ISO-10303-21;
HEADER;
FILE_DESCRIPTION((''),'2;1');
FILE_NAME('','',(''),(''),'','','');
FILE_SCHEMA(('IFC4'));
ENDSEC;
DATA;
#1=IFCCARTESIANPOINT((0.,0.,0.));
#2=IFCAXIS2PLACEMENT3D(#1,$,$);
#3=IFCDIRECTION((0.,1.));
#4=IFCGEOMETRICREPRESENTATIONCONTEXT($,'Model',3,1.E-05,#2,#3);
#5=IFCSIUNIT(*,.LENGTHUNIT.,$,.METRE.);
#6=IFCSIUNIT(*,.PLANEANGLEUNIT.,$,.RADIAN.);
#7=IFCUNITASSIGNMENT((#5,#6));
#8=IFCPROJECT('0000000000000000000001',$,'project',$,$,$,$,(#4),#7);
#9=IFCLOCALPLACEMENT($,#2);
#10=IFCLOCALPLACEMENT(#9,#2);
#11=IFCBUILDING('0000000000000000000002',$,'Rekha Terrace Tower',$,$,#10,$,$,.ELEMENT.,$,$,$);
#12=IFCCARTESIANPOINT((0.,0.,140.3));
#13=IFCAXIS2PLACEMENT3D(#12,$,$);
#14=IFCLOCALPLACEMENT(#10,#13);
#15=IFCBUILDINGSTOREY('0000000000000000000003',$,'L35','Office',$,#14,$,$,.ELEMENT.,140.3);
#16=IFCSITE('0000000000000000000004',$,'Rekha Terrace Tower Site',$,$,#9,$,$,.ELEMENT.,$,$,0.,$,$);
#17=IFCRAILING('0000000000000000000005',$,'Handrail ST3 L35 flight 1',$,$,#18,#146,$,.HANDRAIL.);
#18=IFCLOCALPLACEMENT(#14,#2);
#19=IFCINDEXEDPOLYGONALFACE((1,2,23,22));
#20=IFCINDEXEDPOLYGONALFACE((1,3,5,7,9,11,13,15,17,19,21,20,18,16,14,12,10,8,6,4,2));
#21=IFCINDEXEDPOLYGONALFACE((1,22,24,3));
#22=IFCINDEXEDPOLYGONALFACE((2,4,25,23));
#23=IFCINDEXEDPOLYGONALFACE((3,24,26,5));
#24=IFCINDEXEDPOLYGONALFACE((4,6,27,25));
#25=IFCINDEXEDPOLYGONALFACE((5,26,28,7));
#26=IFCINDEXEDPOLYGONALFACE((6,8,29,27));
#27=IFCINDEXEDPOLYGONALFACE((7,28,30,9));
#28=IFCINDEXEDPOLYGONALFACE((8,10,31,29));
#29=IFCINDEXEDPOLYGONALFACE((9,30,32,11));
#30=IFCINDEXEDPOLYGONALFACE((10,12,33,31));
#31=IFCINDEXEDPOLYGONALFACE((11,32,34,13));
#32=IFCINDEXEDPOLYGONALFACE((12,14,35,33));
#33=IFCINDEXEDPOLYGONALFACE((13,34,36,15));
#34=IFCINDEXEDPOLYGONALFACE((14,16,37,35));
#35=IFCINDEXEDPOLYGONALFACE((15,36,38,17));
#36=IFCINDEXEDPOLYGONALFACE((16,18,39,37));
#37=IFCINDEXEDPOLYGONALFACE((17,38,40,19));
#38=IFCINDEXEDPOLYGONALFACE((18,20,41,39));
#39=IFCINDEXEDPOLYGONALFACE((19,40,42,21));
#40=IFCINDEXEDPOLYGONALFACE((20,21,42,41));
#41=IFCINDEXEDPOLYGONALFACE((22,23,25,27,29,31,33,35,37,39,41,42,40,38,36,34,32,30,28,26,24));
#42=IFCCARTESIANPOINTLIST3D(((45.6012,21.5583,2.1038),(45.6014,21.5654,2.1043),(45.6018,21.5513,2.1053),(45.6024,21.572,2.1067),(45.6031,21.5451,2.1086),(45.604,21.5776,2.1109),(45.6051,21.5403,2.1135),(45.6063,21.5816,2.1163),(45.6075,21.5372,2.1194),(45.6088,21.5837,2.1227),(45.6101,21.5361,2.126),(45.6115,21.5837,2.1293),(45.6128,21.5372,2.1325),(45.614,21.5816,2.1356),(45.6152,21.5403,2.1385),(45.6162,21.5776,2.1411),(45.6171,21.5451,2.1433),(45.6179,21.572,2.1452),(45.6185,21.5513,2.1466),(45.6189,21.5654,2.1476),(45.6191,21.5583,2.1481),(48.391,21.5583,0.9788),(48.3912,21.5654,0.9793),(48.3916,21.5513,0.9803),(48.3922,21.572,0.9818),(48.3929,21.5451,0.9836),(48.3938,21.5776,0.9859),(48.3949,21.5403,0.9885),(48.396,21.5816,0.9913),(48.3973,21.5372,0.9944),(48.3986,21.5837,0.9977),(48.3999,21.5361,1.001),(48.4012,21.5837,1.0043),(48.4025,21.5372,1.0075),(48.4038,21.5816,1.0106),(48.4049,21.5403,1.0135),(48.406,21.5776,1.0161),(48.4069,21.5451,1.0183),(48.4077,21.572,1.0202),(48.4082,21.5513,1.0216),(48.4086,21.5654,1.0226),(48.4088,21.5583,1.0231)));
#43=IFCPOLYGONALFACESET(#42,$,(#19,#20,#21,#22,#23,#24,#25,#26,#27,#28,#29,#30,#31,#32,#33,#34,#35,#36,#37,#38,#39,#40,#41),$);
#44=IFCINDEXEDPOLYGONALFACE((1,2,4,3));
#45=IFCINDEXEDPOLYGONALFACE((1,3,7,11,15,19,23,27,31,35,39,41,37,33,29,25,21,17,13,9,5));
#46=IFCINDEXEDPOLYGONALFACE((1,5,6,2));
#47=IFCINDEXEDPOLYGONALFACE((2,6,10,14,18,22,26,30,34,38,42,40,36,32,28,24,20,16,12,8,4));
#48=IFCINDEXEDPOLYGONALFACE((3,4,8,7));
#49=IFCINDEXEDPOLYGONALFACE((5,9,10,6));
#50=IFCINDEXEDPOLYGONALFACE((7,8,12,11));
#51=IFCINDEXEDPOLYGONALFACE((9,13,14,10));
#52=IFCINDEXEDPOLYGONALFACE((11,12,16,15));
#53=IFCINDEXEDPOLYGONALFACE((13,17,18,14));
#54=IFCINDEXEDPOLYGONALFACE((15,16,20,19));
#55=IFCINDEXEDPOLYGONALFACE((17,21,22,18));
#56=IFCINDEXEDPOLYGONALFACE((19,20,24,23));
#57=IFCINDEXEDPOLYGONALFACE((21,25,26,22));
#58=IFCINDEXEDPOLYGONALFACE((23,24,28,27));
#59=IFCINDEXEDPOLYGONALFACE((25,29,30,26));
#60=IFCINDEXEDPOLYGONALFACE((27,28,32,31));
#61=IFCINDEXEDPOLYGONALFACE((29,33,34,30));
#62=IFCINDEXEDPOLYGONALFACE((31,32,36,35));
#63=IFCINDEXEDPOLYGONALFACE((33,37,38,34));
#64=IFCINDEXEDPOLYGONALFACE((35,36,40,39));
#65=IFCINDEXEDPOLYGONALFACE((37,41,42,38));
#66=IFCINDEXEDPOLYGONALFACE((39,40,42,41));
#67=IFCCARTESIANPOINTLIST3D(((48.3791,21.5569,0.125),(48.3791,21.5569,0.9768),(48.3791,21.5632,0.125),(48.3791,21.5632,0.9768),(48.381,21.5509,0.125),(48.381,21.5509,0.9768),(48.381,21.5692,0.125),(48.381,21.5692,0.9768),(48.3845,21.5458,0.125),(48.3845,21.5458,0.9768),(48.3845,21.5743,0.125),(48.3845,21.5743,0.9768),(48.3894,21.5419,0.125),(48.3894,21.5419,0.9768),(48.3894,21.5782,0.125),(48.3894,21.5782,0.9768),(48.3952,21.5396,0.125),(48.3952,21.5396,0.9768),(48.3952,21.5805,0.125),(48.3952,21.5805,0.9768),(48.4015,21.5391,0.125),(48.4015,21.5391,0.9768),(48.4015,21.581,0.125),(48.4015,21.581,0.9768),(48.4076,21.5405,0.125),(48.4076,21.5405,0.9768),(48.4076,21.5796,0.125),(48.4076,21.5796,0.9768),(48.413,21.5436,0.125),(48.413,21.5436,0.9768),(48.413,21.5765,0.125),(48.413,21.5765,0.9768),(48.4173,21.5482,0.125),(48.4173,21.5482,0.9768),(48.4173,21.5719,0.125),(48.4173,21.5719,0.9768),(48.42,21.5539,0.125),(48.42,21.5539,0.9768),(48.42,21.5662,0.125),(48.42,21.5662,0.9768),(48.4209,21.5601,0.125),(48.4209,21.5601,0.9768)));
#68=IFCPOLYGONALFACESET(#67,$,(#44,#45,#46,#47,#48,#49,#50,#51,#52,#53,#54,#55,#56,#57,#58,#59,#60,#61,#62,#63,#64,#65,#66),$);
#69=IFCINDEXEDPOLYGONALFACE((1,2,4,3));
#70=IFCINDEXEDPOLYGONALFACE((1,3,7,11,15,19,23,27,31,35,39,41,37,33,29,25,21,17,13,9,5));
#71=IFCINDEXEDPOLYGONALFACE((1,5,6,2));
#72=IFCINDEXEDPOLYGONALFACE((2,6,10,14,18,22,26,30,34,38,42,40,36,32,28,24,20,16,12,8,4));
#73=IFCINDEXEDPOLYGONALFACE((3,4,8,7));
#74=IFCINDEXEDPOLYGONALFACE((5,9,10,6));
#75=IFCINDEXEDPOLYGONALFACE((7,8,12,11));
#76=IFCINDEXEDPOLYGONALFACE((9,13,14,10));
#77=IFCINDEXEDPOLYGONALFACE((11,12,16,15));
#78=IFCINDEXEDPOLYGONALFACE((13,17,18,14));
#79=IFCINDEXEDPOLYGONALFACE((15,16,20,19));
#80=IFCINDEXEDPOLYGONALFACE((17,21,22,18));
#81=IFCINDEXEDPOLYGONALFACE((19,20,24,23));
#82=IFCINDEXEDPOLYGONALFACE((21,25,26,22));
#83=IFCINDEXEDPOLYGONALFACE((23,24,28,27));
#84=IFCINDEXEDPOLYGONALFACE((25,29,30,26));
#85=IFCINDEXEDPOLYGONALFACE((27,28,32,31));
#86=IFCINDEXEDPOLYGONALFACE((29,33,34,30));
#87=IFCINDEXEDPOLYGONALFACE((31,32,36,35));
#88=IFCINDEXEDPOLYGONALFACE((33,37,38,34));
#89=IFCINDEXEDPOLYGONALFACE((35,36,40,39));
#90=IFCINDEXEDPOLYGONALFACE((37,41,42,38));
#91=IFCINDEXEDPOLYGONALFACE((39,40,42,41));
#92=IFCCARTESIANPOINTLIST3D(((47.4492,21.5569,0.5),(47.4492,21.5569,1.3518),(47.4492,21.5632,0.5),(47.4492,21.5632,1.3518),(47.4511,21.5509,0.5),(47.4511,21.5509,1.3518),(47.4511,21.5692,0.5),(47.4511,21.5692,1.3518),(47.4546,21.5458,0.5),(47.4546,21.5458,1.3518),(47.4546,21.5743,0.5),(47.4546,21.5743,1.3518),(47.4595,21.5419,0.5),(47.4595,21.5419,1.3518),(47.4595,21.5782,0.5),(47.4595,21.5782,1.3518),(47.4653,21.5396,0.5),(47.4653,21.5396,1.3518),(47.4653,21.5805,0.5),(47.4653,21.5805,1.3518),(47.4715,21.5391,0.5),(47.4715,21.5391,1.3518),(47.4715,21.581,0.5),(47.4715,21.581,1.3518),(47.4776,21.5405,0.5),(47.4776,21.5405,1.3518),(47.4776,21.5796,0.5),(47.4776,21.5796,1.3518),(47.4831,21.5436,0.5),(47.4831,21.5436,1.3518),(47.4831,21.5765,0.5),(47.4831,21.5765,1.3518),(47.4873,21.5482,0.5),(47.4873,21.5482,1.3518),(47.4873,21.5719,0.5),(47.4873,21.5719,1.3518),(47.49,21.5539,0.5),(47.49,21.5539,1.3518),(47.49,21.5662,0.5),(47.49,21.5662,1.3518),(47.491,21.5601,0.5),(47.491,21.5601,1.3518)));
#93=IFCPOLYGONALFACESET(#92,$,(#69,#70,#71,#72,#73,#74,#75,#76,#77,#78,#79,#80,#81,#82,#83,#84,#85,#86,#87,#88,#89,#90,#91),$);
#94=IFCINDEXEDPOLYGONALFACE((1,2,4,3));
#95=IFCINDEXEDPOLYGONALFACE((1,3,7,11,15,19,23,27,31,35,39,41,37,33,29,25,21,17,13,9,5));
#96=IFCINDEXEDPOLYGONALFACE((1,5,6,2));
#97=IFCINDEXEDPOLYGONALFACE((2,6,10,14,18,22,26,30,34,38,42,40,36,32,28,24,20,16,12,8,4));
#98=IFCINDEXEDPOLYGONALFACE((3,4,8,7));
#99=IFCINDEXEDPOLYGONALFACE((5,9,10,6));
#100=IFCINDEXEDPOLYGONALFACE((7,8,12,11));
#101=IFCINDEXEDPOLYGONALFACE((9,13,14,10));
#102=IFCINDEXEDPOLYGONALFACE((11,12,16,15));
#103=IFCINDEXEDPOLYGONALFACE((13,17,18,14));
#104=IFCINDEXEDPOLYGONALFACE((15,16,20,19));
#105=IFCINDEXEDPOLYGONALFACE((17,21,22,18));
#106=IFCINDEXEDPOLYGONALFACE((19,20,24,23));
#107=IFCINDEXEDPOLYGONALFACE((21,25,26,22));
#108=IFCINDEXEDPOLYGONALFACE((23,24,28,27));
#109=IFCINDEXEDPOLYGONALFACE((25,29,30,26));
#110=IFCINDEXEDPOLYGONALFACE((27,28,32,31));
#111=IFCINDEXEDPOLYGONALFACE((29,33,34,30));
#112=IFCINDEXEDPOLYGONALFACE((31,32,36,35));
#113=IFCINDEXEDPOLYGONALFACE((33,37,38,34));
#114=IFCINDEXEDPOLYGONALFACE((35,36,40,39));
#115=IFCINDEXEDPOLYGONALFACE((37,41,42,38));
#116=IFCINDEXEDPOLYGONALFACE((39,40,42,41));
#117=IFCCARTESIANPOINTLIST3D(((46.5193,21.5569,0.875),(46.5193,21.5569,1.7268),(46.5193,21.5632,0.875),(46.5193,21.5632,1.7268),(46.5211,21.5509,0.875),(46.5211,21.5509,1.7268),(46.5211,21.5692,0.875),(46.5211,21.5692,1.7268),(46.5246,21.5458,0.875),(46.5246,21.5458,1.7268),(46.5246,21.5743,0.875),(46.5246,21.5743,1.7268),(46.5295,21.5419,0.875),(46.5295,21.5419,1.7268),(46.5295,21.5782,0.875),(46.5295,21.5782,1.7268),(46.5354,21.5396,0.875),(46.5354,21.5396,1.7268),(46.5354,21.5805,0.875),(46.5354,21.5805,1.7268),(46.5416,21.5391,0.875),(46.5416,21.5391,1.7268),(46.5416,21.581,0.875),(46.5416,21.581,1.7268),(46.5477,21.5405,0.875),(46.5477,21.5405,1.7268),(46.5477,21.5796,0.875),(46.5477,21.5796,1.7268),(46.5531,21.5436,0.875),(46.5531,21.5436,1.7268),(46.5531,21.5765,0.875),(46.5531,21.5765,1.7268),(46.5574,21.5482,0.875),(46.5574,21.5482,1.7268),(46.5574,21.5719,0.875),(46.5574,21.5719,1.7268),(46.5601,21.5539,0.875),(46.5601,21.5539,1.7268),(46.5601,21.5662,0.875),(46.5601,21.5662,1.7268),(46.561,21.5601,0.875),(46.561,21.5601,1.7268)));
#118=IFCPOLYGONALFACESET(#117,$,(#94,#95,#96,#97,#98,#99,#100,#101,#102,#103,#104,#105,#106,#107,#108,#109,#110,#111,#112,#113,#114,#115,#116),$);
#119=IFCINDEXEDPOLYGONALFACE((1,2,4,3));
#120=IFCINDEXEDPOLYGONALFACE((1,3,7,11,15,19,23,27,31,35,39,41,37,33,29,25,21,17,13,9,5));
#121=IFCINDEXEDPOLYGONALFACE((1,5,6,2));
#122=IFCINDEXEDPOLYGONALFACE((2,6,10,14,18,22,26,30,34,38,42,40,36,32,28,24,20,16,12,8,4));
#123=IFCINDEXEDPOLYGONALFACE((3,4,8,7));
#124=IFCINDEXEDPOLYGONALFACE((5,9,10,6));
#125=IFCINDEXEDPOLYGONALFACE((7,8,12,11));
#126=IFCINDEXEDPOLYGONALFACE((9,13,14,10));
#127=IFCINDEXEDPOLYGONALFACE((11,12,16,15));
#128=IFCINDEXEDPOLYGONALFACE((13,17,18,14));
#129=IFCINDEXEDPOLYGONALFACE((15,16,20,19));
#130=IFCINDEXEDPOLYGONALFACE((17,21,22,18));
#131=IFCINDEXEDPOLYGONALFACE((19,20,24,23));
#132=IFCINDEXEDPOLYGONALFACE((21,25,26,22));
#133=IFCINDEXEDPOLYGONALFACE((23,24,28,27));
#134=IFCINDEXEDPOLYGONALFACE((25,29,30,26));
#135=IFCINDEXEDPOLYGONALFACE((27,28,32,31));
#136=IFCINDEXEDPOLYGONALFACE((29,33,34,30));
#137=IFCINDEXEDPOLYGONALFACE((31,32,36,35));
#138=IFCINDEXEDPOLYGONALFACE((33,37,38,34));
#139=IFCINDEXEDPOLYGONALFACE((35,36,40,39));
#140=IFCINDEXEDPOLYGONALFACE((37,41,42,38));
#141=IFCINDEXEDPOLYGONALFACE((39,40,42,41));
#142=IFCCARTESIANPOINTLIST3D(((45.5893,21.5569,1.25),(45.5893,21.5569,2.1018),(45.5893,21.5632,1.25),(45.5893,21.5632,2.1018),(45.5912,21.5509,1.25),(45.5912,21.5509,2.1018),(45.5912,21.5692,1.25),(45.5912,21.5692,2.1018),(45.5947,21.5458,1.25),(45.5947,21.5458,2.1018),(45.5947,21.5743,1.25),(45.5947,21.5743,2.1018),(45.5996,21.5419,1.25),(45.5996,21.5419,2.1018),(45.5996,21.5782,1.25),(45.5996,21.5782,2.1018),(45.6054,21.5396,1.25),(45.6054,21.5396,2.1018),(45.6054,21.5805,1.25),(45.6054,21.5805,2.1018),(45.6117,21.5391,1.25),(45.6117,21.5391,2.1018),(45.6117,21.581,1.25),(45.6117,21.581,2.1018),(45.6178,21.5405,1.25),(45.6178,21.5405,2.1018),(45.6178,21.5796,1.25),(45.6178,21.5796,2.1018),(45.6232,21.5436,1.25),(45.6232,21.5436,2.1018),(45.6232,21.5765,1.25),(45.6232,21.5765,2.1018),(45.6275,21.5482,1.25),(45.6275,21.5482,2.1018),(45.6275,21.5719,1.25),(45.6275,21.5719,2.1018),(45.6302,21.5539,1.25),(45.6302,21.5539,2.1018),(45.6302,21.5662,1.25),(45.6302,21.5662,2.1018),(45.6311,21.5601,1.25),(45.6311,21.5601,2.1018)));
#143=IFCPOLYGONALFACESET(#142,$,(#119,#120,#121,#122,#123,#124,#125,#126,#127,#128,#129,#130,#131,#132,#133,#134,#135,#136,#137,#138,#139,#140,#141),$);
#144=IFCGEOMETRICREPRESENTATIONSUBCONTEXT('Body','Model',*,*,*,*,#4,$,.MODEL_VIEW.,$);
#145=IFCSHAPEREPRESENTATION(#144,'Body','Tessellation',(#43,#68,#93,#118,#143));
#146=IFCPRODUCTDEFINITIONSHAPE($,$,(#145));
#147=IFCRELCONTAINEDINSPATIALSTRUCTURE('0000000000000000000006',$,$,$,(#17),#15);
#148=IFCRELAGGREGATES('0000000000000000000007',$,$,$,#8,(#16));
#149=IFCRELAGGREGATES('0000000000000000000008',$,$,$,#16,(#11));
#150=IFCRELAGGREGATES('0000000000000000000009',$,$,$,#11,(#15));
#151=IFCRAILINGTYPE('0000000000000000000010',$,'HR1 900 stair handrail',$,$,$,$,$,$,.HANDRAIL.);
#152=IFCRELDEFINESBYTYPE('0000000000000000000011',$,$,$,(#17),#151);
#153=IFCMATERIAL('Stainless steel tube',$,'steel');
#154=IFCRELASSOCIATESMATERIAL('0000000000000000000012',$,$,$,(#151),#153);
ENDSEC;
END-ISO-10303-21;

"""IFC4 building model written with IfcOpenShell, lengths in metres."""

from ifc_helpers import new_model, si_unit, direction, frame, origin, origin_2d, place, context, subcontext, project, spatial, circle, extrude, material, type_object, element, save


model = new_model("IFC4")

# Units and contexts
model_context = context("Model", 3, precision=1e-05, world=origin(), true_north=direction((0.0, 1.0)))
body_context = subcontext(model_context, "Body", "Model", "MODEL_VIEW")
ifc_project = project(units=[si_unit("LENGTHUNIT", "METRE"), si_unit("PLANEANGLEUNIT", "RADIAN")], contexts=[model_context])

# Site, building, storey
site_placement = place(None, origin())
site = spatial("IfcSite", under=ifc_project, at=site_placement, Name="Rekha Terrace Tower Site", CompositionType="ELEMENT", RefElevation=0.0)
building_placement = place(site_placement, origin())
building = spatial("IfcBuilding", under=site, at=building_placement, Name="Rekha Terrace Tower", CompositionType="ELEMENT")
storey_placement = place(building_placement, frame((0.0, 0.0, 140.3)))
storey = spatial("IfcBuildingStorey", under=building, at=storey_placement, Name="L35", Description="Office", CompositionType="ELEMENT", Elevation=140.3)

# Railing
ifc_material_1 = material(Name="Stainless steel tube", Category="steel")
railing_type = type_object("IfcRailingType", Name="HR1 900 stair handrail", PredefinedType="HANDRAIL", material=ifc_material_1)
railing_placement = place(storey_placement, frame((48.3999, 21.5601, 0.125)))
element("IfcRailing", 1, at=railing_placement, inside=storey, type_object=railing_type, Name="Handrail ST3 L35 flight 1", PredefinedType="HANDRAIL", context=body_context, shape_type="SweptSolid", body=[
    extrude(circle(Radius=0.0239, at=origin_2d()), frame((0.0, 0.0, 0.876), z_axis=(-0.927432, 0.0, 0.373992), x_axis=(0.0, -1.0, 0.0)), (0.0, 0.0, 1.0), 3.0081),
    extrude(circle(Radius=0.021, at=origin_2d()), origin(), (0.0, 0.0, 1.0), 0.8518),
    extrude(circle(Radius=0.021, at=origin_2d()), frame((-0.9299, 0.0, 0.375)), (0.0, 0.0, 1.0), 0.8518),
    extrude(circle(Radius=0.021, at=origin_2d()), frame((-1.8599, 0.0, 0.75)), (0.0, 0.0, 1.0), 0.8518),
    extrude(circle(Radius=0.021, at=origin_2d()), frame((-2.7898, 0.0, 1.125)), (0.0, 0.0, 1.0), 0.8518),
])

save(model, "model.ifc")
